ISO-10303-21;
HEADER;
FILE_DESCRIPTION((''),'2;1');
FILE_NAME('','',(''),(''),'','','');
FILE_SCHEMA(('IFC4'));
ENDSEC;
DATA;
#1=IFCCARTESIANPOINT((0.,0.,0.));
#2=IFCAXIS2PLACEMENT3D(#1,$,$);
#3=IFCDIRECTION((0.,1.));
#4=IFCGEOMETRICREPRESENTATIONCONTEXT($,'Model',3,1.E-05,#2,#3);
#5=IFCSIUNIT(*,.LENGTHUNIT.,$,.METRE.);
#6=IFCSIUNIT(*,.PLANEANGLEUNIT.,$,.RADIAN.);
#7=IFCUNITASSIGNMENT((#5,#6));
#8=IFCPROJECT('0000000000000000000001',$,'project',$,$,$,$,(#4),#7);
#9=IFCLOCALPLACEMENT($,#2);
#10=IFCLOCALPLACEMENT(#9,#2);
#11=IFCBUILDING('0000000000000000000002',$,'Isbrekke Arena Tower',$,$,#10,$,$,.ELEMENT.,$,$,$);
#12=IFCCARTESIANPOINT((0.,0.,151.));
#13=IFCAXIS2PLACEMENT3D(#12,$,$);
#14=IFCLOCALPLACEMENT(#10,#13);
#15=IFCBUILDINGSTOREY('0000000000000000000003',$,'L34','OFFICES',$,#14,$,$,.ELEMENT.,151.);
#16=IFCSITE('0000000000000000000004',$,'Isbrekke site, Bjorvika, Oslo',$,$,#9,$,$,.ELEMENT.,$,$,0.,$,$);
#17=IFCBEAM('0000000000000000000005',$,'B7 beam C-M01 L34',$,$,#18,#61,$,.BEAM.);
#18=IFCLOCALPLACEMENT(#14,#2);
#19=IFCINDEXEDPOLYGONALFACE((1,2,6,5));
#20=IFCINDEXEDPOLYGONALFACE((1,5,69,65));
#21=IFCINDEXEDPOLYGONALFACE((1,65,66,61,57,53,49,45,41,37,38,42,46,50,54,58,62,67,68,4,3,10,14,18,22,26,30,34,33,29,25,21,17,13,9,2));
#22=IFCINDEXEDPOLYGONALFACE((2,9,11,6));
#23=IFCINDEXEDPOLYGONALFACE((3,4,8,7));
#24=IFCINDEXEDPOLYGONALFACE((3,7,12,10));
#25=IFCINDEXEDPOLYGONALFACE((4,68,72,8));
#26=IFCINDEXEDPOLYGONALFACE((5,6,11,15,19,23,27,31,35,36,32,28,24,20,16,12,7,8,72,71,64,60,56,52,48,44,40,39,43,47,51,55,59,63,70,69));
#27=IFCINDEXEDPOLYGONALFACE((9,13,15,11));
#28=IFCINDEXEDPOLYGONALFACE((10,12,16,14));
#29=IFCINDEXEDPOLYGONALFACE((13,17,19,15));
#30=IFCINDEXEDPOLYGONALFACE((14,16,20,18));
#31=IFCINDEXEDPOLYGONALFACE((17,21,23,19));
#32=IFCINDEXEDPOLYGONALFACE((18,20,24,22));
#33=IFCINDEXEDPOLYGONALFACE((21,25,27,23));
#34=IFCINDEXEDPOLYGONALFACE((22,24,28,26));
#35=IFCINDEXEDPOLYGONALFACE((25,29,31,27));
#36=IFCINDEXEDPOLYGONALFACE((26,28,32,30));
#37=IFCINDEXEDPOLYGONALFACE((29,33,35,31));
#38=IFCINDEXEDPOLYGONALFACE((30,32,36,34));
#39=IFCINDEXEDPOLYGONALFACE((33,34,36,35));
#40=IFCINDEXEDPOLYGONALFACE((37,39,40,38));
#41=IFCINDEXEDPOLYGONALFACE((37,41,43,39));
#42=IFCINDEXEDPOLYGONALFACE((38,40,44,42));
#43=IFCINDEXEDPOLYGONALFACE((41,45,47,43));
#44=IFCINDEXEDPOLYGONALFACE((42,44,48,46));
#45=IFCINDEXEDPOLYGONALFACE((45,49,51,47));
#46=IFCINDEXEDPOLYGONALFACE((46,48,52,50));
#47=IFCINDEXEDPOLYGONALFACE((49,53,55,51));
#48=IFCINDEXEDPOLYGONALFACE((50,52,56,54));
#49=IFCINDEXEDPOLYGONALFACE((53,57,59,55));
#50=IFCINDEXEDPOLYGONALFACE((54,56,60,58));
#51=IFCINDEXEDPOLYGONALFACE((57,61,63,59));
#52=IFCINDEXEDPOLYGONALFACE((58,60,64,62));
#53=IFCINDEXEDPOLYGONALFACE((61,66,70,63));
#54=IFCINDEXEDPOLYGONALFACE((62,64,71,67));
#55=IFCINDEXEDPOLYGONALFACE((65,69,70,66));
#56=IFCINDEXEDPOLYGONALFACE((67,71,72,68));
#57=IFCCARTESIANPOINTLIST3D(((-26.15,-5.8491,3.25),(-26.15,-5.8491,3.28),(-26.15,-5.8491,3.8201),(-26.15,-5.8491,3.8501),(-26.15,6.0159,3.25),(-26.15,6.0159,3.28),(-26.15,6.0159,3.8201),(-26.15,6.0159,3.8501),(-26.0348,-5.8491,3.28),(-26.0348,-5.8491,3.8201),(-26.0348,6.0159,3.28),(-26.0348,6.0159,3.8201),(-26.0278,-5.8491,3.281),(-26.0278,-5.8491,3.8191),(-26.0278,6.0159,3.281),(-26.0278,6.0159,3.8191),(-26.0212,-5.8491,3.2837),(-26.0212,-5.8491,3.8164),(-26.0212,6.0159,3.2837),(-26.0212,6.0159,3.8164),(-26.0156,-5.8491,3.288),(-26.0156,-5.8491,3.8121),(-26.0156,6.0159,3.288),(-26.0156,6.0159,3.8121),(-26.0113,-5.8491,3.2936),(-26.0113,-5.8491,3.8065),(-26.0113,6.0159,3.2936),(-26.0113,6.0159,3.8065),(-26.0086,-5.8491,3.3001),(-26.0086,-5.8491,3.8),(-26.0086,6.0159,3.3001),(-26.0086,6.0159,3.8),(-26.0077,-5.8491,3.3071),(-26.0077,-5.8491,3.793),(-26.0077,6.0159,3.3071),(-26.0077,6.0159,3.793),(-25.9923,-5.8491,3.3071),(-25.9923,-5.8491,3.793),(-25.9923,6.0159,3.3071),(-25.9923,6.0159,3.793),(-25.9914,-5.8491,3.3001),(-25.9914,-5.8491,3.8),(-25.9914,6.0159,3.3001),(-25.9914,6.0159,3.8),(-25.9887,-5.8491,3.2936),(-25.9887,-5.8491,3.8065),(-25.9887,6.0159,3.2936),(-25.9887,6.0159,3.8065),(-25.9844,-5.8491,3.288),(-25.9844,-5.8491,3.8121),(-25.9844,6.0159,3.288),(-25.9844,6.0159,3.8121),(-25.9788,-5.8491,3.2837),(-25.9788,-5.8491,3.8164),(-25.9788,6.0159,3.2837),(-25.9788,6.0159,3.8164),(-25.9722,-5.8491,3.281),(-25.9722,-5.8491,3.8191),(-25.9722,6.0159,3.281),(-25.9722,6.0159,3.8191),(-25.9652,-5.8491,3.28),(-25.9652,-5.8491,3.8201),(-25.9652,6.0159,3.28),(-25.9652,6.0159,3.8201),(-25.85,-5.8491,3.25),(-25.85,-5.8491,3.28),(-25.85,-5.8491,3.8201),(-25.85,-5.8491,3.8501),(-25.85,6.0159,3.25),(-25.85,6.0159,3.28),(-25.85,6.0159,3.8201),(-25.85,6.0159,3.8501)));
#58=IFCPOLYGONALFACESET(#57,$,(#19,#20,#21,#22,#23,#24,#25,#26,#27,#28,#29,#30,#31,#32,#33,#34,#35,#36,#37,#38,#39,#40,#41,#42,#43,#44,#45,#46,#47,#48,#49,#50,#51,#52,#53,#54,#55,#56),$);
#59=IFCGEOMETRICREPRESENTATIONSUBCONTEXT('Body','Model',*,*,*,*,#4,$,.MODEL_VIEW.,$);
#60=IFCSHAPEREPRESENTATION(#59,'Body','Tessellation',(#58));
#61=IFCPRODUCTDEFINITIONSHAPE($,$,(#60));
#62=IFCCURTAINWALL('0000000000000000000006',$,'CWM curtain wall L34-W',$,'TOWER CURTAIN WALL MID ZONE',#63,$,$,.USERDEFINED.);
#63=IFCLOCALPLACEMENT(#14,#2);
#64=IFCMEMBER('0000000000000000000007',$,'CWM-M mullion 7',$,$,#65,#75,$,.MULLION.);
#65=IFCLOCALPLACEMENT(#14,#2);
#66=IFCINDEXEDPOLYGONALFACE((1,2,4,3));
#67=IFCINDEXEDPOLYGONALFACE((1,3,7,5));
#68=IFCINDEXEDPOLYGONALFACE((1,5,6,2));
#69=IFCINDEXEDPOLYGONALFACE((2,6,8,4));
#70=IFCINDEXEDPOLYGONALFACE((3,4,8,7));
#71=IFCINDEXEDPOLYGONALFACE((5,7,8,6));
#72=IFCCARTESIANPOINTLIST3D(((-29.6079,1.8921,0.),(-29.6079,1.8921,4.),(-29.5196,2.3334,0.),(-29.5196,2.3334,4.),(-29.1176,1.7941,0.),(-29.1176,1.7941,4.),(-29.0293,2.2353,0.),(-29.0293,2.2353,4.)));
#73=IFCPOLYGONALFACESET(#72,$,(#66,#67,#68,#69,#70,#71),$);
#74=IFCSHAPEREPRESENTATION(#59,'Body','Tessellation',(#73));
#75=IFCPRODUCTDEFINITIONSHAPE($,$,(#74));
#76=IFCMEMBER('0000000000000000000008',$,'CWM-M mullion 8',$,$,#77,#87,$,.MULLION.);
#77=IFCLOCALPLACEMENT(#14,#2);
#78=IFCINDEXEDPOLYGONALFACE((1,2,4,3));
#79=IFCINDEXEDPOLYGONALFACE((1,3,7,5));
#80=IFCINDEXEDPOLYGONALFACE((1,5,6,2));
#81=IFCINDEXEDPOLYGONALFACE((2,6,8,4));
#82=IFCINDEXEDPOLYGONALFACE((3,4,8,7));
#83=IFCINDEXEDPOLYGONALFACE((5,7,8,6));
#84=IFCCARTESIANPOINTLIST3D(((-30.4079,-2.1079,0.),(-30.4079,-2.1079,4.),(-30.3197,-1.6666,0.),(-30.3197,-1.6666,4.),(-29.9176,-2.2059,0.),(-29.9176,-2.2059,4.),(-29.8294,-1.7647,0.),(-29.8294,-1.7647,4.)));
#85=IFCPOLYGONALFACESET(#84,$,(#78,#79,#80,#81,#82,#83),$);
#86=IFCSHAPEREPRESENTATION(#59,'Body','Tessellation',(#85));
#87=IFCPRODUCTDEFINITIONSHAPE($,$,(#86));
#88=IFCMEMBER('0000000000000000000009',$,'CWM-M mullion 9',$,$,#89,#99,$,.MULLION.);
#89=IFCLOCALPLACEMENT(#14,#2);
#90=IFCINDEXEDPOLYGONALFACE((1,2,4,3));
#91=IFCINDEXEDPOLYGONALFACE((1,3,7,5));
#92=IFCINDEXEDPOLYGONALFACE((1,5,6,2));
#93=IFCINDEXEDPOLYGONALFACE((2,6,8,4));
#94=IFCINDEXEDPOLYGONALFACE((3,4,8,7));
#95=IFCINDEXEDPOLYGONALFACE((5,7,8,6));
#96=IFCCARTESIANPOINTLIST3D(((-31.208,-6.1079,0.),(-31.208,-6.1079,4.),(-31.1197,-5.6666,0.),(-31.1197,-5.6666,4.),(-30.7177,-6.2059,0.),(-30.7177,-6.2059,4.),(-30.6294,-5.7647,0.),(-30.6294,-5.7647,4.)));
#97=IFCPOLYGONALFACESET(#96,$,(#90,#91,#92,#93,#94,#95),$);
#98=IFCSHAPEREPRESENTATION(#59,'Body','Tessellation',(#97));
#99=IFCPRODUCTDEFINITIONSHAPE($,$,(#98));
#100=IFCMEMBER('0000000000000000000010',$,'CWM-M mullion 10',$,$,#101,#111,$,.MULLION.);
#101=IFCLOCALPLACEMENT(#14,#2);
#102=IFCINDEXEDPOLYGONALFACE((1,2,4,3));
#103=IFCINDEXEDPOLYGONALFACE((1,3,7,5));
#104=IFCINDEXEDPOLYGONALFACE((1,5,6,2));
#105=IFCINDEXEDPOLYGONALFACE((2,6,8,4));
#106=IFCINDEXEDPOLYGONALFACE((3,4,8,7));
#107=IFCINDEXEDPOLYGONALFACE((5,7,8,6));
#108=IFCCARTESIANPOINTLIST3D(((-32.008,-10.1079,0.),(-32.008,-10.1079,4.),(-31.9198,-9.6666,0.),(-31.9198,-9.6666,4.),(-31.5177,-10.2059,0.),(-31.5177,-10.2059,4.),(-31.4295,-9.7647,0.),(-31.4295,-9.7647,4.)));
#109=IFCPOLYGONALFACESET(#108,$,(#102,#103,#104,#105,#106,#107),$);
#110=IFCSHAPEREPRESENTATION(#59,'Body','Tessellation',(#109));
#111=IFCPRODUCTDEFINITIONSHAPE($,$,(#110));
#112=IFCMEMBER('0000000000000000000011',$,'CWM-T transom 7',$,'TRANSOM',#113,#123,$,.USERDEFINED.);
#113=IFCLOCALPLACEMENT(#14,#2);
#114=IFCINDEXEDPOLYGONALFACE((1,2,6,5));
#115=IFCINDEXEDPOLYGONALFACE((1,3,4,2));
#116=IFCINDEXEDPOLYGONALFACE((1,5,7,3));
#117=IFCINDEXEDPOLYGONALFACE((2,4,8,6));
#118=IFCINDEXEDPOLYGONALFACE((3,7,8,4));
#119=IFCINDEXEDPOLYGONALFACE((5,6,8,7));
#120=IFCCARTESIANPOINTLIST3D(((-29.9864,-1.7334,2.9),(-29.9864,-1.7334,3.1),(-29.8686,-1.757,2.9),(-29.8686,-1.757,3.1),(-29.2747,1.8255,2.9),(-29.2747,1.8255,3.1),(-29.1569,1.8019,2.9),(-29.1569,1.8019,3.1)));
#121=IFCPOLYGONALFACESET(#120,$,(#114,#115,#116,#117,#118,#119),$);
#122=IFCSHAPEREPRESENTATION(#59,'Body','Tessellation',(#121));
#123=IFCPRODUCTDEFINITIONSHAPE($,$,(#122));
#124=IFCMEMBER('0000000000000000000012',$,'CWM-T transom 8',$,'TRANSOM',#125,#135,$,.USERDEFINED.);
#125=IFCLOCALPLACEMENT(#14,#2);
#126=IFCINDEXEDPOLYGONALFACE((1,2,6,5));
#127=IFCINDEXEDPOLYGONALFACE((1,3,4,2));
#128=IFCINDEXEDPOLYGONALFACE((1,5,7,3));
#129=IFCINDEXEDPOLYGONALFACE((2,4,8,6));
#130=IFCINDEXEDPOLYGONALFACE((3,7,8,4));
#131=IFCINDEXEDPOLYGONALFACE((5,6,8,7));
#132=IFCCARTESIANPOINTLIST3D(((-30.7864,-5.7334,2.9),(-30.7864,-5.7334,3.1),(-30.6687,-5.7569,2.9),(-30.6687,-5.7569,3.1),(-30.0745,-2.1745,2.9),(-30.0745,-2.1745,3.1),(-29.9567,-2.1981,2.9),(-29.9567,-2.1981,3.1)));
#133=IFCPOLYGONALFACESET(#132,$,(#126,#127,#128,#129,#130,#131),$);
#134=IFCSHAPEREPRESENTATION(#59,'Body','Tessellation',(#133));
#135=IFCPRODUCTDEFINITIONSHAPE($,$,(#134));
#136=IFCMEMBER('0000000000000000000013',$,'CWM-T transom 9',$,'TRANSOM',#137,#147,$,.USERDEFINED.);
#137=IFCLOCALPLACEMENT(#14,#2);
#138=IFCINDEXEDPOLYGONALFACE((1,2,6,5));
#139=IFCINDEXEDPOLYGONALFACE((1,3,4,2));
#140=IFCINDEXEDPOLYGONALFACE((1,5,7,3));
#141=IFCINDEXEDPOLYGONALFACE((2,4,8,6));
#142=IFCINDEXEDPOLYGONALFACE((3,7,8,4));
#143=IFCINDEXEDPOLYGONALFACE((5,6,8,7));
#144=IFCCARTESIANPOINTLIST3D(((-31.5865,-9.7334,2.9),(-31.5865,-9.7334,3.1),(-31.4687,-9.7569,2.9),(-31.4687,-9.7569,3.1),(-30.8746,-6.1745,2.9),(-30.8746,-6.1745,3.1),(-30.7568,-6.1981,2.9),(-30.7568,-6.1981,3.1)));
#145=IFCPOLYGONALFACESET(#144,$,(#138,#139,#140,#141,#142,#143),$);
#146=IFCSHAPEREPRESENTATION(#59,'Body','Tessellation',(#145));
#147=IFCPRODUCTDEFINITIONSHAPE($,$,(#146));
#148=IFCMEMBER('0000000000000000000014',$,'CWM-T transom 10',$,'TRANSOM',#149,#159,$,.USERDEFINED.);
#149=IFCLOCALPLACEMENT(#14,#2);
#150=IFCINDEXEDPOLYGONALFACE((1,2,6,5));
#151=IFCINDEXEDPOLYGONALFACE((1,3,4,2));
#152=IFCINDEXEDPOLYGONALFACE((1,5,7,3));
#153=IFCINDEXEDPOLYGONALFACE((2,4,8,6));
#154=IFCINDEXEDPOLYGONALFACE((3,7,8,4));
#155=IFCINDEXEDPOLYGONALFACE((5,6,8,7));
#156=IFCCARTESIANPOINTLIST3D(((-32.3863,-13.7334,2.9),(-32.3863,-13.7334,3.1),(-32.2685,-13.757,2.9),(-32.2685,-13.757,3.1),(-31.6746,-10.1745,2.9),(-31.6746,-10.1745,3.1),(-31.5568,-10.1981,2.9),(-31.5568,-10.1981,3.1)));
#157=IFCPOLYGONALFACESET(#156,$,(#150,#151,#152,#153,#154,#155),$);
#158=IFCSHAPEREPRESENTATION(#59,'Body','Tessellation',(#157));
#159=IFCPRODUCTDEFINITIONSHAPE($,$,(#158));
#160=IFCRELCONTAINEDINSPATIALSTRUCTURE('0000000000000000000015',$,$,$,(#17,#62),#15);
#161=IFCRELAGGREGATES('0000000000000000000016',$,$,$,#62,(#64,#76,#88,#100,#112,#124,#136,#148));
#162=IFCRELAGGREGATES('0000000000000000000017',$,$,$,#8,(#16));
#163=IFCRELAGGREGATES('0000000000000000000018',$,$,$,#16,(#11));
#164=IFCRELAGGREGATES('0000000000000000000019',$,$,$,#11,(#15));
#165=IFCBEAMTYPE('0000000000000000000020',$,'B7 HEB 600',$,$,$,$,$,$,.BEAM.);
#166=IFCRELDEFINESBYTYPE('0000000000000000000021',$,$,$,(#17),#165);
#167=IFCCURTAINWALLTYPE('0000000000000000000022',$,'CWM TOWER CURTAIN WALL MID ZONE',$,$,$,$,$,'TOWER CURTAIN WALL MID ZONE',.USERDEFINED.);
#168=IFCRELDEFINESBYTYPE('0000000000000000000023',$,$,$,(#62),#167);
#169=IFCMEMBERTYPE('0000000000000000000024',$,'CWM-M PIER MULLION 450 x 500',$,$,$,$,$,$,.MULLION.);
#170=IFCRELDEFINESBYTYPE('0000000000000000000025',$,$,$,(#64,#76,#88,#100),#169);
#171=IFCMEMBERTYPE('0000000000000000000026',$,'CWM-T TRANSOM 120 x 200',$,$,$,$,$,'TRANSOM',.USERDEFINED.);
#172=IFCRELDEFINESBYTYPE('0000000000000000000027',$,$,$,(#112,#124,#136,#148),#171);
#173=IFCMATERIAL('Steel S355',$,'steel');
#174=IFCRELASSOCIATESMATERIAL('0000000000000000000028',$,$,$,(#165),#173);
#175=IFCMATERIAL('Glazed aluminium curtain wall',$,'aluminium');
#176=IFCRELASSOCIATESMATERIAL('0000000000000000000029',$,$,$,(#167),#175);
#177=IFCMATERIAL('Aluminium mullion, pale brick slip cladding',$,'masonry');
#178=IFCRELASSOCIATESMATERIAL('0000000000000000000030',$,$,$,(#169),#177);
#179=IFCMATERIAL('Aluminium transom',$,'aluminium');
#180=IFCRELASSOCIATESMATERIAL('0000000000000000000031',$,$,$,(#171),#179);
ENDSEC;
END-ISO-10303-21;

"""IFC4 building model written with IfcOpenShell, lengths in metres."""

from ifc_helpers import new_model, si_unit, direction, frame, origin, origin_2d, place, context, subcontext, project, spatial, rectangle, i_section, extrude, material, material_profile, profile_set, type_object, element, aggregate, save


model = new_model("IFC4")

# Units and contexts
model_context = context("Model", 3, precision=1e-05, world=origin(), true_north=direction((0.0, 1.0)))
body_context = subcontext(model_context, "Body", "Model", "MODEL_VIEW")
ifc_project = project(units=[si_unit("LENGTHUNIT", "METRE"), si_unit("PLANEANGLEUNIT", "RADIAN")], contexts=[model_context])

# Site, building, storey
site_placement = place(None, origin())
site = spatial("IfcSite", under=ifc_project, at=site_placement, Name="Isbrekke site, Bjorvika, Oslo", CompositionType="ELEMENT", RefElevation=0.0)
building_placement = place(site_placement, origin())
building = spatial("IfcBuilding", under=site, at=building_placement, Name="Isbrekke Arena Tower", CompositionType="ELEMENT")
storey_placement = place(building_placement, frame((0.0, 0.0, 151.0)))
storey = spatial("IfcBuildingStorey", under=building, at=storey_placement, Name="L34", Description="OFFICES", CompositionType="ELEMENT", Elevation=151.0)

# Beam
ifc_material_1 = material(Name="Steel S355", Category="steel")
ifc_material_profile_1 = material_profile(ifc_material_1, i_section(OverallWidth=0.3, OverallDepth=0.6001, WebThickness=0.0154, FlangeThickness=0.03, FilletRadius=0.0271, at=origin_2d()), Name="HEB 600")
ifc_profile_set_1 = profile_set([ifc_material_profile_1], Name="Steel S355")
beam_type_1 = type_object("IfcBeamType", Name="B7 HEB 600", PredefinedType="BEAM", material=ifc_profile_set_1)
beam_1_placement = place(storey_placement, frame((-26.0, -5.8491, 3.55), z_axis=(0.0, 1.0, 0.0), x_axis=(-1.0, 0.0, 0.0)))
element("IfcBeam", 1, at=beam_1_placement, inside=storey, type_object=beam_type_1, Name="B7 beam C-M01 L34", PredefinedType="BEAM", context=body_context, shape_type="SweptSolid", body=[
    extrude(i_section(OverallWidth=0.3, OverallDepth=0.6001, WebThickness=0.0154, FlangeThickness=0.03, FilletRadius=0.0271, at=origin_2d()), origin(), (0.0, 0.0, 1.0), 11.865),
])

# Curtain wall, members
ifc_material_2 = material(Name="Glazed aluminium curtain wall", Category="aluminium")
curtain_wall_type = type_object("IfcCurtainWallType", Name="CWM TOWER CURTAIN WALL MID ZONE", ElementType="TOWER CURTAIN WALL MID ZONE", PredefinedType="USERDEFINED", material=ifc_material_2)
curtain_wall_placement = place(storey_placement, origin())
curtain_wall = element("IfcCurtainWall", 2, at=curtain_wall_placement, inside=storey, type_object=curtain_wall_type, Name="CWM curtain wall L34-W", ObjectType="TOWER CURTAIN WALL MID ZONE", PredefinedType="USERDEFINED")
ifc_material_3 = material(Name="Aluminium mullion, pale brick slip cladding", Category="masonry")
ifc_material_profile_2 = material_profile(ifc_material_3, rectangle(XDim=0.45, YDim=0.5, at=origin_2d()), Name="PIER 450X500")
ifc_profile_set_2 = profile_set([ifc_material_profile_2], Name="Aluminium mullion, pale brick slip cladding")
member_type_1 = type_object("IfcMemberType", Name="CWM-M PIER MULLION 450 x 500", PredefinedType="MULLION", material=ifc_profile_set_2)
member_1_placement = place(storey_placement, frame((-29.3186, 2.0637, 0.0), z_axis=(0.0, 0.0, 1.0), x_axis=(-0.196116, -0.980581, 0.0)))
member_1 = element("IfcMember", 3, at=member_1_placement, type_object=member_type_1, Name="CWM-M mullion 7", PredefinedType="MULLION", context=body_context, shape_type="SweptSolid", body=[
    extrude(rectangle(XDim=0.45, YDim=0.5, at=origin_2d()), origin(), (0.0, 0.0, 1.0), 4.0),
])
member_2_placement = place(storey_placement, frame((-30.1187, -1.9363, 0.0), z_axis=(0.0, 0.0, 1.0), x_axis=(-0.196116, -0.980581, 0.0)))
member_2 = element("IfcMember", 4, at=member_2_placement, type_object=member_type_1, Name="CWM-M mullion 8", PredefinedType="MULLION", context=body_context, shape_type="SweptSolid", body=[
    extrude(rectangle(XDim=0.45, YDim=0.5, at=origin_2d()), origin(), (0.0, 0.0, 1.0), 4.0),
])
member_3_placement = place(storey_placement, frame((-30.9187, -5.9363, 0.0), z_axis=(0.0, 0.0, 1.0), x_axis=(-0.196116, -0.980581, 0.0)))
member_3 = element("IfcMember", 5, at=member_3_placement, type_object=member_type_1, Name="CWM-M mullion 9", PredefinedType="MULLION", context=body_context, shape_type="SweptSolid", body=[
    extrude(rectangle(XDim=0.45, YDim=0.5, at=origin_2d()), origin(), (0.0, 0.0, 1.0), 4.0),
])
member_4_placement = place(storey_placement, frame((-31.7188, -9.9363, 0.0), z_axis=(0.0, 0.0, 1.0), x_axis=(-0.196116, -0.980581, 0.0)))
member_4 = element("IfcMember", 6, at=member_4_placement, type_object=member_type_1, Name="CWM-M mullion 10", PredefinedType="MULLION", context=body_context, shape_type="SweptSolid", body=[
    extrude(rectangle(XDim=0.45, YDim=0.5, at=origin_2d()), origin(), (0.0, 0.0, 1.0), 4.0),
])
ifc_material_4 = material(Name="Aluminium transom", Category="aluminium")
ifc_material_profile_3 = material_profile(ifc_material_4, rectangle(XDim=0.1201, YDim=0.2, at=origin_2d()), Name="TRANSOM 120X200")
ifc_profile_set_3 = profile_set([ifc_material_profile_3], Name="Aluminium transom")
member_type_2 = type_object("IfcMemberType", Name="CWM-T TRANSOM 120 x 200", ElementType="TRANSOM", PredefinedType="USERDEFINED", material=ifc_profile_set_3)
member_5_placement = place(storey_placement, frame((-29.2158, 1.8137, 3.0), z_axis=(-0.19609, -0.980586, 0.0), x_axis=(0.980586, -0.19609, 0.0)))
member_5 = element("IfcMember", 7, at=member_5_placement, type_object=member_type_2, Name="CWM-T transom 7", ObjectType="TRANSOM", PredefinedType="USERDEFINED", context=body_context, shape_type="SweptSolid", body=[
    extrude(rectangle(XDim=0.1201, YDim=0.2, at=origin_2d()), origin(), (0.0, 0.0, 1.0), 3.6294),
])
member_6_placement = place(storey_placement, frame((-30.0156, -2.1863, 3.0), z_axis=(-0.196155, -0.980573, 0.0), x_axis=(0.980573, -0.196155, 0.0)))
member_6 = element("IfcMember", 8, at=member_6_placement, type_object=member_type_2, Name="CWM-T transom 8", ObjectType="TRANSOM", PredefinedType="USERDEFINED", context=body_context, shape_type="SweptSolid", body=[
    extrude(rectangle(XDim=0.1201, YDim=0.2, at=origin_2d()), origin(), (0.0, 0.0, 1.0), 3.6294),
])
member_7_placement = place(storey_placement, frame((-30.8157, -6.1863, 3.0), z_axis=(-0.196155, -0.980573, 0.0), x_axis=(0.980573, -0.196155, 0.0)))
member_7 = element("IfcMember", 9, at=member_7_placement, type_object=member_type_2, Name="CWM-T transom 9", ObjectType="TRANSOM", PredefinedType="USERDEFINED", context=body_context, shape_type="SweptSolid", body=[
    extrude(rectangle(XDim=0.1201, YDim=0.2, at=origin_2d()), origin(), (0.0, 0.0, 1.0), 3.6294),
])
member_8_placement = place(storey_placement, frame((-31.6157, -10.1863, 3.0), z_axis=(-0.19609, -0.980586, 0.0), x_axis=(0.980586, -0.19609, 0.0)))
member_8 = element("IfcMember", 10, at=member_8_placement, type_object=member_type_2, Name="CWM-T transom 10", ObjectType="TRANSOM", PredefinedType="USERDEFINED", context=body_context, shape_type="SweptSolid", body=[
    extrude(rectangle(XDim=0.1201, YDim=0.2, at=origin_2d()), origin(), (0.0, 0.0, 1.0), 3.6294),
])

aggregate(curtain_wall, [member_1, member_2, member_3, member_4, member_5, member_6, member_7, member_8])

save(model, "model.ifc")
